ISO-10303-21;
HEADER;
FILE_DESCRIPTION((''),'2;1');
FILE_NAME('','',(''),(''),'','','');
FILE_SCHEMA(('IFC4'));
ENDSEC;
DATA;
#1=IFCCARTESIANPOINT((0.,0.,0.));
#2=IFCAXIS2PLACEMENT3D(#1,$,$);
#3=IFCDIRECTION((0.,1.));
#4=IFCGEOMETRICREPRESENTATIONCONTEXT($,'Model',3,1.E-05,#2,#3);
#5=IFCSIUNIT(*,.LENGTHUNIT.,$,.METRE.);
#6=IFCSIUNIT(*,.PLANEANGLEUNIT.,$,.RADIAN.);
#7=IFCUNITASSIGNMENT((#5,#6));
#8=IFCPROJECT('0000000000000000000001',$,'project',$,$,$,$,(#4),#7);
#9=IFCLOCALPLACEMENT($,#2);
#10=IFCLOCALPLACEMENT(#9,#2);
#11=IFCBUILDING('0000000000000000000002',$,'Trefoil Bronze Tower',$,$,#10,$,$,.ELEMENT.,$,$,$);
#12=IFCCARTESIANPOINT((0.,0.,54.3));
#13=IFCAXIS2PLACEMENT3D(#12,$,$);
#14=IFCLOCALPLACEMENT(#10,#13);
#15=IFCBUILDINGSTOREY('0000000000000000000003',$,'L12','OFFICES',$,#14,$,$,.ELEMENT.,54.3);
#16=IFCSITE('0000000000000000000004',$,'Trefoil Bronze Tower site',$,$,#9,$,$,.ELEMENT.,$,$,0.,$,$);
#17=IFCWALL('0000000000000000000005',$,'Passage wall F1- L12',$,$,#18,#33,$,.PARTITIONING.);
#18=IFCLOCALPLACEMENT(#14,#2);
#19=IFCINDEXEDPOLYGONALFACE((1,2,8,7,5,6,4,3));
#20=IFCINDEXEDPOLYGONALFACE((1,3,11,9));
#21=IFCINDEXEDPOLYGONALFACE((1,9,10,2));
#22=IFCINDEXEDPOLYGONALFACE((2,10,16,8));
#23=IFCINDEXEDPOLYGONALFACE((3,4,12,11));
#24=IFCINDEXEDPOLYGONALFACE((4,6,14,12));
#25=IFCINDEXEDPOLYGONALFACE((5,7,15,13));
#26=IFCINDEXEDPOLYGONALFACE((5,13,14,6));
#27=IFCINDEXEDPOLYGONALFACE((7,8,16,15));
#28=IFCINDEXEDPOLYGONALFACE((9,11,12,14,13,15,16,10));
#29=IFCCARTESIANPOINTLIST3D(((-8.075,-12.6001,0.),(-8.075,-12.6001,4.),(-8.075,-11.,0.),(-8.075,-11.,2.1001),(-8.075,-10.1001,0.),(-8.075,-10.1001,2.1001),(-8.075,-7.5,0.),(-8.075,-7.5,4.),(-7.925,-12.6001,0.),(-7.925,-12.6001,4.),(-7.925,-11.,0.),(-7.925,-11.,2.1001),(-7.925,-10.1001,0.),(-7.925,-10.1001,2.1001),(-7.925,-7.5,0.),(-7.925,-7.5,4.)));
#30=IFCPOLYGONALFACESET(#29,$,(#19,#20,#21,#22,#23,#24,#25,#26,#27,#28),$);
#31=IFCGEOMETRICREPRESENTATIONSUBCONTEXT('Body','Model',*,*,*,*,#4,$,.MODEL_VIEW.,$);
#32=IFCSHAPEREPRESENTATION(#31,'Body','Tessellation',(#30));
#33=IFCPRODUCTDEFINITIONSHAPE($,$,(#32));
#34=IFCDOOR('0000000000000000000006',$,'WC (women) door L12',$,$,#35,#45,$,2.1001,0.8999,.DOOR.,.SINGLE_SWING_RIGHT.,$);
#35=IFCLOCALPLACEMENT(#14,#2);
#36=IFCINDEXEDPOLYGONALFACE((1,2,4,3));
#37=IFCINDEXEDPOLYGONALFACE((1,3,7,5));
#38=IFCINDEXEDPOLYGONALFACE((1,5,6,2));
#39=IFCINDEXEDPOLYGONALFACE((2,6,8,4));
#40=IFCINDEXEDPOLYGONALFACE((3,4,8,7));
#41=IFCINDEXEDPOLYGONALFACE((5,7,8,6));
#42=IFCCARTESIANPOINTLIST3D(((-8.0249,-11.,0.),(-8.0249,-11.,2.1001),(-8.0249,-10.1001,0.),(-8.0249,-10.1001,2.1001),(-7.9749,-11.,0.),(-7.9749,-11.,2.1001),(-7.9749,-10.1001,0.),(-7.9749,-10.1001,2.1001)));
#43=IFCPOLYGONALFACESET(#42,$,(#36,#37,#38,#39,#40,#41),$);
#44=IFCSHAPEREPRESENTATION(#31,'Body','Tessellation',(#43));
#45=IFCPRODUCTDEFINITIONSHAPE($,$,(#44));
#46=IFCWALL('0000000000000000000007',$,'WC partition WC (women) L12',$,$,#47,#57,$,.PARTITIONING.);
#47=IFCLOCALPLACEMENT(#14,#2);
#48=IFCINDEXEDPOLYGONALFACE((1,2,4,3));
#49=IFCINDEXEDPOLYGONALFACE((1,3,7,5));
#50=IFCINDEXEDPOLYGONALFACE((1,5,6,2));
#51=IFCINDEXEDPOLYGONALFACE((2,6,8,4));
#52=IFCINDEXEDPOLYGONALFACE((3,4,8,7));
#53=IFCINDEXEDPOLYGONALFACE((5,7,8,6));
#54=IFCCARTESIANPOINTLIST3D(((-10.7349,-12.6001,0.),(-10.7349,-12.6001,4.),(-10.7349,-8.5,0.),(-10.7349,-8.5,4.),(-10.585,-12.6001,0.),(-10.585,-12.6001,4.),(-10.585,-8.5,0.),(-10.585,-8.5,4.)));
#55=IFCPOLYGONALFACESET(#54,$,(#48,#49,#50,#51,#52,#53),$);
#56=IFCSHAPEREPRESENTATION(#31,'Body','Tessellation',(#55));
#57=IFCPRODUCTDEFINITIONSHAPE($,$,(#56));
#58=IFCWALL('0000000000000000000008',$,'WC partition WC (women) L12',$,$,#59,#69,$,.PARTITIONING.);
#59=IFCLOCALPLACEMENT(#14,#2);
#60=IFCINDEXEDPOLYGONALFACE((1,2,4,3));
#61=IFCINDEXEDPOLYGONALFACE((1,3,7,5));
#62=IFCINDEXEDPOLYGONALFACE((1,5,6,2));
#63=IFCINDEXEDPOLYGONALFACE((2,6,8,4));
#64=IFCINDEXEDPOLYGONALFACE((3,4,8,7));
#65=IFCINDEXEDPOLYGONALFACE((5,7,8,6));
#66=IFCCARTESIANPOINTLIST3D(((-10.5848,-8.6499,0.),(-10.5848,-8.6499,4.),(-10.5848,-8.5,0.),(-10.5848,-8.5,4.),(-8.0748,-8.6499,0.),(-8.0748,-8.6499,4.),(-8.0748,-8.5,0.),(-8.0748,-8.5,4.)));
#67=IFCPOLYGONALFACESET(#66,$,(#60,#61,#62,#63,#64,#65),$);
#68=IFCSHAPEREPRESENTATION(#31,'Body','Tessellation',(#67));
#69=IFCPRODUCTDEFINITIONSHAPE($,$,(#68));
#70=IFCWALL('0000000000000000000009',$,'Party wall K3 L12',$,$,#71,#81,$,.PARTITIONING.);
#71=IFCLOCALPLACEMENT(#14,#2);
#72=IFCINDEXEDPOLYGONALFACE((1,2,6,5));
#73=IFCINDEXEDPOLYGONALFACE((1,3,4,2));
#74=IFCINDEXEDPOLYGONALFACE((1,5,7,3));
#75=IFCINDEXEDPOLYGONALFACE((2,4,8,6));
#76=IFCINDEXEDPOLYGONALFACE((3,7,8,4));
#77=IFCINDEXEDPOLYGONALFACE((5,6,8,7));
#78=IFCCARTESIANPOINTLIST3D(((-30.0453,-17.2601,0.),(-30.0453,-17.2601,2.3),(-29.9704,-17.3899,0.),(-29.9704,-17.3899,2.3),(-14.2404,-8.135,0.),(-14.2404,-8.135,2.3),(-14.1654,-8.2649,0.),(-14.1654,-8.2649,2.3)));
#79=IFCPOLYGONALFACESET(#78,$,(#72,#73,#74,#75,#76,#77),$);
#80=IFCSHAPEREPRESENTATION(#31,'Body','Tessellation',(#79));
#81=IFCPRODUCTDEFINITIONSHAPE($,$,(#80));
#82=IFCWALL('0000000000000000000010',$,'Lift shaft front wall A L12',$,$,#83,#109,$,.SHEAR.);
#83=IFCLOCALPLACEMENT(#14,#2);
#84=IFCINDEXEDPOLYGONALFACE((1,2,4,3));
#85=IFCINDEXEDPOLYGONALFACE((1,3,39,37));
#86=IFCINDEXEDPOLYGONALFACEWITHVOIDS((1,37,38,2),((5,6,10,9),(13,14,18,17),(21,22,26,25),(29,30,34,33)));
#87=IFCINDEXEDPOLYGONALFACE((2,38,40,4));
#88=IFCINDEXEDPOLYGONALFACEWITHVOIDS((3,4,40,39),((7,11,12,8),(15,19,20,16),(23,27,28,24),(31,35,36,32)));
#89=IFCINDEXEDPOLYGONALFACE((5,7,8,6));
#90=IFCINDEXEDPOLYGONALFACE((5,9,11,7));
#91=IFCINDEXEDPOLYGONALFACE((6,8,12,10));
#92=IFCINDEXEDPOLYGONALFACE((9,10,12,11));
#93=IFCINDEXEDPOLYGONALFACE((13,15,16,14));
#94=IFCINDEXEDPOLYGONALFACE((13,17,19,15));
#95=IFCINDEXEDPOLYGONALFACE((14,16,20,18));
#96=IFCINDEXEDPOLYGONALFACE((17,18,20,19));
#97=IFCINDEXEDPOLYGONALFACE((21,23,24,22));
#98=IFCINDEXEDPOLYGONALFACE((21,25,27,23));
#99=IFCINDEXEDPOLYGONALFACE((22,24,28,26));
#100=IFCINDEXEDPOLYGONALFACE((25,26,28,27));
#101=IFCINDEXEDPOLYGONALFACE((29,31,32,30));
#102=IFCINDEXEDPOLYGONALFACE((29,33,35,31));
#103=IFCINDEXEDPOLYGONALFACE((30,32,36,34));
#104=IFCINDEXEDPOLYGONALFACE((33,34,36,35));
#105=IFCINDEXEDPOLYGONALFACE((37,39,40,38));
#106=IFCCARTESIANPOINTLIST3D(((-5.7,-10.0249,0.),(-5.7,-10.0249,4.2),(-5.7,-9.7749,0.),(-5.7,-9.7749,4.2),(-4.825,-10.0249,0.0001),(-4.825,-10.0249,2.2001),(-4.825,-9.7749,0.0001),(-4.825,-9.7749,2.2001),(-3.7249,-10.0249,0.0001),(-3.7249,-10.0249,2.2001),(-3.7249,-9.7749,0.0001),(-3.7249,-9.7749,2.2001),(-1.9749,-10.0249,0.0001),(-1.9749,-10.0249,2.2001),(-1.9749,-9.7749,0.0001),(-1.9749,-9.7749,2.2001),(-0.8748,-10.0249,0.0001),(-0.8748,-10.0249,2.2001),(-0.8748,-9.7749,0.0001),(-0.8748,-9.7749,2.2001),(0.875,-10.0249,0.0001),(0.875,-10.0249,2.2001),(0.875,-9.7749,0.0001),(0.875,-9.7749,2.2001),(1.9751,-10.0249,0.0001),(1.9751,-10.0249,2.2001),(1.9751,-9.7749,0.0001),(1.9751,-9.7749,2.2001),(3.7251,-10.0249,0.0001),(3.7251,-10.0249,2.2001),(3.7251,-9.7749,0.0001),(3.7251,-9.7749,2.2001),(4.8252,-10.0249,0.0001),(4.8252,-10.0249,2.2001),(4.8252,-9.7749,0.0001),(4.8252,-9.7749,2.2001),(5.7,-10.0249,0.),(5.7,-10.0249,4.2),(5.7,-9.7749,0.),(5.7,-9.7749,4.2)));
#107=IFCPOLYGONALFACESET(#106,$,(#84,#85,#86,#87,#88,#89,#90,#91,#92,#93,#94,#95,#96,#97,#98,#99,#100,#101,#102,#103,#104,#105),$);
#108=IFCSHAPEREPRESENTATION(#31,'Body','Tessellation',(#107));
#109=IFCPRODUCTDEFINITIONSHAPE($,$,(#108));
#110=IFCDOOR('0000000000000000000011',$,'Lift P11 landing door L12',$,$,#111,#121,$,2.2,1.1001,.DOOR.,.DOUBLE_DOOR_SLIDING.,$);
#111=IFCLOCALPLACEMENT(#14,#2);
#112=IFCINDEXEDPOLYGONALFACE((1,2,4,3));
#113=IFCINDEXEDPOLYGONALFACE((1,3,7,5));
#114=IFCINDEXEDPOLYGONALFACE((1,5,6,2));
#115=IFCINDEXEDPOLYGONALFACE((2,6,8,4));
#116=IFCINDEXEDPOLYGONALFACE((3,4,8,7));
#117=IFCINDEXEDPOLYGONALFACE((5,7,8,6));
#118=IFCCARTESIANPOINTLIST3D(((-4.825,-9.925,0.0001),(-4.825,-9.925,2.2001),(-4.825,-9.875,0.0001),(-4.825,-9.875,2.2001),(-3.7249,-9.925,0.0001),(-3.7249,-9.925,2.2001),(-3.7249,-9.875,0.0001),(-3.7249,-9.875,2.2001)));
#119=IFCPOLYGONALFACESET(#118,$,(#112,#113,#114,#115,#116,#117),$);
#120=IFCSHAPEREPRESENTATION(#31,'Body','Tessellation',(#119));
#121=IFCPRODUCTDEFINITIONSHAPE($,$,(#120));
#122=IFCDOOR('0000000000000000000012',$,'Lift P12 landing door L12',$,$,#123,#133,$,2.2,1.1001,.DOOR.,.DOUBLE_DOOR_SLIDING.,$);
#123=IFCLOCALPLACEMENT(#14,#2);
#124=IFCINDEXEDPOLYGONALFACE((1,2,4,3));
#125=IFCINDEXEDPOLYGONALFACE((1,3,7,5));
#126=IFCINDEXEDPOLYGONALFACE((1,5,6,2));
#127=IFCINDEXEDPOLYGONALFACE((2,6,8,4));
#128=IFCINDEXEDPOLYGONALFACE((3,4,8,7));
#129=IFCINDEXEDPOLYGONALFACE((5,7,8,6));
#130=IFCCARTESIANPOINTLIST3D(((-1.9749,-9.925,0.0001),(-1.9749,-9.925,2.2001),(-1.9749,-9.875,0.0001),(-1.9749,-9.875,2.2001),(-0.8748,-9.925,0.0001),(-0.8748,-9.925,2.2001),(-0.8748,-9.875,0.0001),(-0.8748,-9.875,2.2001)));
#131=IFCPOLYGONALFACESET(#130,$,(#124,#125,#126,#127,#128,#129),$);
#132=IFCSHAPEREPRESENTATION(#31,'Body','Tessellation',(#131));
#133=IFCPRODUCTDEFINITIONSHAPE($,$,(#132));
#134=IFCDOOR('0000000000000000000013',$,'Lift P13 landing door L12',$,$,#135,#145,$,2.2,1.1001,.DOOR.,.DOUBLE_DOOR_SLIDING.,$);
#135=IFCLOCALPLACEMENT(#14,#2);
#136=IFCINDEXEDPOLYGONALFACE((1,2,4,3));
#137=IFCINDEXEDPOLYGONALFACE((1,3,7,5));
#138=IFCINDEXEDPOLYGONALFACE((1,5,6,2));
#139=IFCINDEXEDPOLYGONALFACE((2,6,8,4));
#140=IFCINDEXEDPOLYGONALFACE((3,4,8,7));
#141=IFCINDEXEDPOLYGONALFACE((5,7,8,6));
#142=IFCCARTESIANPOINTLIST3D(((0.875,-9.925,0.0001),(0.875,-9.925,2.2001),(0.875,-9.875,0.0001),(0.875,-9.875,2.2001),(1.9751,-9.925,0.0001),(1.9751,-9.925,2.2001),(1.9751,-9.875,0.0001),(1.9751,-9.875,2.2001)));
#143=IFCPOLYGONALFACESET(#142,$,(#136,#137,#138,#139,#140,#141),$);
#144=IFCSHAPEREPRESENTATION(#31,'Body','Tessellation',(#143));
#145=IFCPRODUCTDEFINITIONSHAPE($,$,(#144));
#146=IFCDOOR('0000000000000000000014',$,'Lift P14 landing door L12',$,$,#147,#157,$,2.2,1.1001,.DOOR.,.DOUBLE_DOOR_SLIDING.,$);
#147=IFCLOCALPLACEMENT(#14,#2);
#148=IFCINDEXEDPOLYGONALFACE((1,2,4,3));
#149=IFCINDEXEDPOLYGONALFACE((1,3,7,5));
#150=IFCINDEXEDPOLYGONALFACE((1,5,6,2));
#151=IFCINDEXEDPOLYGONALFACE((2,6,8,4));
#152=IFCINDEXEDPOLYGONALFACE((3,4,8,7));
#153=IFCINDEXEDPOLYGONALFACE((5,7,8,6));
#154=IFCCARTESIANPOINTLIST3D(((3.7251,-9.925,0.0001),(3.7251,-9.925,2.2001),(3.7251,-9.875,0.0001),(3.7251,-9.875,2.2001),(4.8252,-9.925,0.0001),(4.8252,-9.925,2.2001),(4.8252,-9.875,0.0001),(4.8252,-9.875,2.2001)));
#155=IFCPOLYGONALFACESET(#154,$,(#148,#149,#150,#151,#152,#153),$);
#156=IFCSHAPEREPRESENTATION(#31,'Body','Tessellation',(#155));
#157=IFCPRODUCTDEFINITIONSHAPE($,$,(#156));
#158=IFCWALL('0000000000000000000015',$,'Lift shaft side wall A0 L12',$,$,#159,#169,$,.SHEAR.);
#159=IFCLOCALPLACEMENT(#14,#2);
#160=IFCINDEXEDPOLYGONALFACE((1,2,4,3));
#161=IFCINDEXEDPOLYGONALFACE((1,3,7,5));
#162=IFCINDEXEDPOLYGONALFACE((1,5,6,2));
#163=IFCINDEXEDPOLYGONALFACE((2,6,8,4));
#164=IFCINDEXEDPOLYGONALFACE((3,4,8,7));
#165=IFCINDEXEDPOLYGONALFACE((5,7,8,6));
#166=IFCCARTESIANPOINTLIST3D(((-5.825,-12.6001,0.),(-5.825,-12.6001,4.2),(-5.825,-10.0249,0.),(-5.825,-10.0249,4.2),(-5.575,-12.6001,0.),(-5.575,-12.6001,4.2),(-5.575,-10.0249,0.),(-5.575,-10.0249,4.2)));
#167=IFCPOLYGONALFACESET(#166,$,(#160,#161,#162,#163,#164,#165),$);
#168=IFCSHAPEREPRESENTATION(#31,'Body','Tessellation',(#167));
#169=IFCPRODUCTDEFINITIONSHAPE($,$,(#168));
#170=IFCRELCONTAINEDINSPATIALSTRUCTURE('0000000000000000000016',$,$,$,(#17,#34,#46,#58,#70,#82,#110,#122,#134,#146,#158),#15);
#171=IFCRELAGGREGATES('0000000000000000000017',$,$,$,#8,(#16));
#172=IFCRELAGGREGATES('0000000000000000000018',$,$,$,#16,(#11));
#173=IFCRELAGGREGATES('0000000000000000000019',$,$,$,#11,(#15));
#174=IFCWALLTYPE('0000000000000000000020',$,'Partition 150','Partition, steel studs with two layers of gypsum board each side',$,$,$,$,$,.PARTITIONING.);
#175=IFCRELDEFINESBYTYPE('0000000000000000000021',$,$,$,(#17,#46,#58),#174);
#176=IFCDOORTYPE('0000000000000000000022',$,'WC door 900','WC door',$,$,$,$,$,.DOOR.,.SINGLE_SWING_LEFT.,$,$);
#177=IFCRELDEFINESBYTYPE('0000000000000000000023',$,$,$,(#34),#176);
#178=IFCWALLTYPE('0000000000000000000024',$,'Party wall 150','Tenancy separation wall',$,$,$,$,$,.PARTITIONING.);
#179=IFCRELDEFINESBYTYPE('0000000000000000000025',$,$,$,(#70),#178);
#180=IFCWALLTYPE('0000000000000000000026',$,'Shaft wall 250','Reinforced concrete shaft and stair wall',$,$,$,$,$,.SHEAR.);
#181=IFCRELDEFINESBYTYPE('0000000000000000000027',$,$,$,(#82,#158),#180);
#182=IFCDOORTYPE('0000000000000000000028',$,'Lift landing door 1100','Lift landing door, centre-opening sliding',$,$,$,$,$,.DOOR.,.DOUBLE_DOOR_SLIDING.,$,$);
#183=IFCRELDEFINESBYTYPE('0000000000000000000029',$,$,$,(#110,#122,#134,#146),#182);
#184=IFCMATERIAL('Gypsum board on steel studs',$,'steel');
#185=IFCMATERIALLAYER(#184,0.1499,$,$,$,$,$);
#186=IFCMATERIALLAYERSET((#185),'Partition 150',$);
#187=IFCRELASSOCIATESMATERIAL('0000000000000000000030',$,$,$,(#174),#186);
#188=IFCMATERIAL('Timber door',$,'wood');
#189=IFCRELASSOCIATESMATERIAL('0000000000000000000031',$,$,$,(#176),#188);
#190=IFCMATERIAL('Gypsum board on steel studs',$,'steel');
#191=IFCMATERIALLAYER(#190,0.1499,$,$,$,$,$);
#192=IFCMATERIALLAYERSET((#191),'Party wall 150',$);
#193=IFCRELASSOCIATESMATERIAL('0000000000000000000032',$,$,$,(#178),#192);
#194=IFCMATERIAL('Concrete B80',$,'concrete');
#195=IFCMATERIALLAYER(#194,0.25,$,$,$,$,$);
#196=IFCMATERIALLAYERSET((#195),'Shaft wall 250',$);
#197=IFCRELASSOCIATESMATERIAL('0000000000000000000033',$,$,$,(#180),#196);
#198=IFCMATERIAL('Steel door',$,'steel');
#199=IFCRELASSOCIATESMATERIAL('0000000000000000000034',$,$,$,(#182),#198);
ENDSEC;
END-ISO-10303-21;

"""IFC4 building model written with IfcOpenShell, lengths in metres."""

from ifc_helpers import new_model, si_unit, direction, frame, frame_2d, origin, place, context, subcontext, project, spatial, rectangle, extrude, material, layer, layer_set, type_object, element, fill, save


model = new_model("IFC4")

# Units and contexts
model_context = context("Model", 3, precision=1e-05, world=origin(), true_north=direction((0.0, 1.0)))
body_context = subcontext(model_context, "Body", "Model", "MODEL_VIEW")
ifc_project = project(units=[si_unit("LENGTHUNIT", "METRE"), si_unit("PLANEANGLEUNIT", "RADIAN")], contexts=[model_context])

# Site, building, storey
site_placement = place(None, origin())
site = spatial("IfcSite", under=ifc_project, at=site_placement, Name="Trefoil Bronze Tower site", CompositionType="ELEMENT", RefElevation=0.0)
building_placement = place(site_placement, origin())
building = spatial("IfcBuilding", under=site, at=building_placement, Name="Trefoil Bronze Tower", CompositionType="ELEMENT")
storey_placement = place(building_placement, frame((0.0, 0.0, 54.3)))
storey = spatial("IfcBuildingStorey", under=building, at=storey_placement, Name="L12", Description="OFFICES", CompositionType="ELEMENT", Elevation=54.3)

# Wall, opening, door
ifc_material_1 = material(Name="Gypsum board on steel studs", Category="steel")
ifc_layer_1 = layer(ifc_material_1, 0.1499)
ifc_layer_set_1 = layer_set([ifc_layer_1], Name="Partition 150")
wall_type_1 = type_object("IfcWallType", Name="Partition 150", Description="Partition, steel studs with two layers of gypsum board each side", PredefinedType="PARTITIONING", material=ifc_layer_set_1)
wall_1_placement = place(storey_placement, frame((-8.0, -7.5, 0.0), z_axis=(0.0, 0.0, 1.0), x_axis=(0.0, -1.0, 0.0)))
wall_1 = element("IfcWall", 1, at=wall_1_placement, inside=storey, type_object=wall_type_1, Name="Passage wall F1- L12", PredefinedType="PARTITIONING", context=body_context, shape_type="SweptSolid", body=[
    extrude(rectangle(XDim=5.1001, YDim=0.1499, at=frame_2d((2.55, 0.0))), origin(), (0.0, 0.0, 1.0), 4.0),
])
opening_1_placement = place(wall_1_placement, frame((2.6001, 0.0, 0.0)))
opening_1 = element("IfcOpeningElement", 2, at=opening_1_placement, cuts=wall_1, PredefinedType="OPENING", context=body_context, shape_type="SweptSolid", body=[
    extrude(rectangle(XDim=0.8999, YDim=2.1001, at=frame_2d((0.45, 1.05))), frame((0.0, 0.085, 0.0), z_axis=(0.0, -1.0, 0.0), x_axis=(1.0, 0.0, 0.0)), (0.0, 0.0, 1.0), 0.1699),
])
ifc_material_2 = material(Name="Timber door", Category="wood")
door_type_1 = type_object("IfcDoorType", Name="WC door 900", Description="WC door", OperationType="SINGLE_SWING_LEFT", PredefinedType="DOOR", material=ifc_material_2)
door_1_placement = place(opening_1_placement, frame((0.8999, 0.0, 0.0), z_axis=(0.0, 0.0, 1.0), x_axis=(-1.0, 0.0, 0.0)))
door_1 = element("IfcDoor", 3, at=door_1_placement, inside=storey, type_object=door_type_1, Name="WC (women) door L12", OperationType="SINGLE_SWING_RIGHT", OverallHeight=2.1001, OverallWidth=0.8999, PredefinedType="DOOR", context=body_context, shape_type="SweptSolid", body=[
    extrude(rectangle(XDim=0.8999, YDim=2.1001, at=frame_2d((0.45, 1.05))), frame((0.0, 0.0249, 0.0), z_axis=(0.0, -1.0, 0.0), x_axis=(1.0, 0.0, 0.0)), (0.0, 0.0, 1.0), 0.05),
])
fill(opening_1, door_1)

# Walls
wall_2_placement = place(storey_placement, frame((-10.6599, -8.5, 0.0), z_axis=(0.0, 0.0, 1.0), x_axis=(0.0, -1.0, 0.0)))
element("IfcWall", 4, at=wall_2_placement, inside=storey, type_object=wall_type_1, Name="WC partition WC (women) L12", PredefinedType="PARTITIONING", context=body_context, shape_type="SweptSolid", body=[
    extrude(rectangle(XDim=4.1001, YDim=0.1499, at=frame_2d((2.05, 0.0))), origin(), (0.0, 0.0, 1.0), 4.0),
])
wall_3_placement = place(storey_placement, frame((-8.075, -8.575, 0.0), z_axis=(0.0, 0.0, 1.0), x_axis=(-1.0, 0.0, 0.0)))
element("IfcWall", 5, at=wall_3_placement, inside=storey, type_object=wall_type_1, Name="WC partition WC (women) L12", PredefinedType="PARTITIONING", context=body_context, shape_type="SweptSolid", body=[
    extrude(rectangle(XDim=2.51, YDim=0.1499, at=frame_2d((1.2549, 0.0))), origin(), (0.0, 0.0, 1.0), 4.0),
])
ifc_material_3 = material(Name="Gypsum board on steel studs", Category="steel")
ifc_layer_2 = layer(ifc_material_3, 0.1499)
ifc_layer_set_2 = layer_set([ifc_layer_2], Name="Party wall 150")
wall_type_2 = type_object("IfcWallType", Name="Party wall 150", Description="Tenancy separation wall", PredefinedType="PARTITIONING", material=ifc_layer_set_2)
wall_4_placement = place(storey_placement, frame((-14.2029, -8.2, 0.0), z_axis=(0.0, 0.0, 1.0), x_axis=(-0.866025, -0.500001, 0.0)))
element("IfcWall", 6, at=wall_4_placement, inside=storey, type_object=wall_type_2, Name="Party wall K3 L12", PredefinedType="PARTITIONING", context=body_context, shape_type="SweptSolid", body=[
    extrude(rectangle(XDim=18.25, YDim=0.1499, at=frame_2d((9.125, 0.0))), origin(), (0.0, 0.0, 1.0), 2.3),
])

# Wall, openings, doors
ifc_material_4 = material(Name="Concrete B80", Category="concrete")
ifc_layer_3 = layer(ifc_material_4, 0.25)
ifc_layer_set_3 = layer_set([ifc_layer_3], Name="Shaft wall 250")
wall_type_3 = type_object("IfcWallType", Name="Shaft wall 250", Description="Reinforced concrete shaft and stair wall", PredefinedType="SHEAR", material=ifc_layer_set_3)
wall_5_placement = place(storey_placement, frame((-5.7, -9.8999, 0.0), z_axis=(0.0, 0.0, 1.0), x_axis=(1.0, 0.0, 0.0)))
wall_5 = element("IfcWall", 7, at=wall_5_placement, inside=storey, type_object=wall_type_3, Name="Lift shaft front wall A L12", PredefinedType="SHEAR", context=body_context, shape_type="SweptSolid", body=[
    extrude(rectangle(XDim=11.3999, YDim=0.25, at=frame_2d((5.7, 0.0))), origin(), (0.0, 0.0, 1.0), 4.2),
])
opening_2_placement = place(wall_5_placement, frame((0.875, 0.0, 0.0)))
opening_2 = element("IfcOpeningElement", 8, at=opening_2_placement, cuts=wall_5, PredefinedType="OPENING", context=body_context, shape_type="SweptSolid", body=[
    extrude(rectangle(XDim=1.1001, YDim=2.2, at=frame_2d((0.55, 1.1001))), frame((0.0, 0.135, 0.0), z_axis=(0.0, -1.0, 0.0), x_axis=(1.0, 0.0, 0.0)), (0.0, 0.0, 1.0), 0.27),
])
opening_3_placement = place(wall_5_placement, frame((3.7251, 0.0, 0.0)))
opening_3 = element("IfcOpeningElement", 9, at=opening_3_placement, cuts=wall_5, PredefinedType="OPENING", context=body_context, shape_type="SweptSolid", body=[
    extrude(rectangle(XDim=1.1001, YDim=2.2, at=frame_2d((0.55, 1.1001))), frame((0.0, 0.135, 0.0), z_axis=(0.0, -1.0, 0.0), x_axis=(1.0, 0.0, 0.0)), (0.0, 0.0, 1.0), 0.27),
])
opening_4_placement = place(wall_5_placement, frame((6.575, 0.0, 0.0)))
opening_4 = element("IfcOpeningElement", 10, at=opening_4_placement, cuts=wall_5, PredefinedType="OPENING", context=body_context, shape_type="SweptSolid", body=[
    extrude(rectangle(XDim=1.1001, YDim=2.2, at=frame_2d((0.55, 1.1001))), frame((0.0, 0.135, 0.0), z_axis=(0.0, -1.0, 0.0), x_axis=(1.0, 0.0, 0.0)), (0.0, 0.0, 1.0), 0.27),
])
opening_5_placement = place(wall_5_placement, frame((9.425, 0.0, 0.0)))
opening_5 = element("IfcOpeningElement", 11, at=opening_5_placement, cuts=wall_5, PredefinedType="OPENING", context=body_context, shape_type="SweptSolid", body=[
    extrude(rectangle(XDim=1.1001, YDim=2.2, at=frame_2d((0.55, 1.1001))), frame((0.0, 0.135, 0.0), z_axis=(0.0, -1.0, 0.0), x_axis=(1.0, 0.0, 0.0)), (0.0, 0.0, 1.0), 0.27),
])
ifc_material_5 = material(Name="Steel door", Category="steel")
door_type_2 = type_object("IfcDoorType", Name="Lift landing door 1100", Description="Lift landing door, centre-opening sliding", OperationType="DOUBLE_DOOR_SLIDING", PredefinedType="DOOR", material=ifc_material_5)
door_2_placement = place(opening_2_placement, origin())
door_2 = element("IfcDoor", 12, at=door_2_placement, inside=storey, type_object=door_type_2, Name="Lift P11 landing door L12", OperationType="DOUBLE_DOOR_SLIDING", OverallHeight=2.2, OverallWidth=1.1001, PredefinedType="DOOR", context=body_context, shape_type="SweptSolid", body=[
    extrude(rectangle(XDim=1.1001, YDim=2.2, at=frame_2d((0.55, 1.1001))), frame((0.0, 0.0249, 0.0), z_axis=(0.0, -1.0, 0.0), x_axis=(1.0, 0.0, 0.0)), (0.0, 0.0, 1.0), 0.05),
])
fill(opening_2, door_2)
door_3_placement = place(opening_3_placement, origin())
door_3 = element("IfcDoor", 13, at=door_3_placement, inside=storey, type_object=door_type_2, Name="Lift P12 landing door L12", OperationType="DOUBLE_DOOR_SLIDING", OverallHeight=2.2, OverallWidth=1.1001, PredefinedType="DOOR", context=body_context, shape_type="SweptSolid", body=[
    extrude(rectangle(XDim=1.1001, YDim=2.2, at=frame_2d((0.55, 1.1001))), frame((0.0, 0.0249, 0.0), z_axis=(0.0, -1.0, 0.0), x_axis=(1.0, 0.0, 0.0)), (0.0, 0.0, 1.0), 0.05),
])
fill(opening_3, door_3)
door_4_placement = place(opening_4_placement, origin())
door_4 = element("IfcDoor", 14, at=door_4_placement, inside=storey, type_object=door_type_2, Name="Lift P13 landing door L12", OperationType="DOUBLE_DOOR_SLIDING", OverallHeight=2.2, OverallWidth=1.1001, PredefinedType="DOOR", context=body_context, shape_type="SweptSolid", body=[
    extrude(rectangle(XDim=1.1001, YDim=2.2, at=frame_2d((0.55, 1.1001))), frame((0.0, 0.0249, 0.0), z_axis=(0.0, -1.0, 0.0), x_axis=(1.0, 0.0, 0.0)), (0.0, 0.0, 1.0), 0.05),
])
fill(opening_4, door_4)
door_5_placement = place(opening_5_placement, origin())
door_5 = element("IfcDoor", 15, at=door_5_placement, inside=storey, type_object=door_type_2, Name="Lift P14 landing door L12", OperationType="DOUBLE_DOOR_SLIDING", OverallHeight=2.2, OverallWidth=1.1001, PredefinedType="DOOR", context=body_context, shape_type="SweptSolid", body=[
    extrude(rectangle(XDim=1.1001, YDim=2.2, at=frame_2d((0.55, 1.1001))), frame((0.0, 0.0249, 0.0), z_axis=(0.0, -1.0, 0.0), x_axis=(1.0, 0.0, 0.0)), (0.0, 0.0, 1.0), 0.05),
])
fill(opening_5, door_5)

# Wall
for number, where, z_axis, x_axis, name in (
    (16, (-5.7, -10.0249, 0.0), (0.0, 0.0, 1.0), (0.0, -1.0, 0.0), "Lift shaft side wall A0 L12"),
):
    element("IfcWall", number, at=place(storey_placement, frame(where, z_axis=z_axis, x_axis=x_axis)), inside=storey, type_object=wall_type_3, Name=name, PredefinedType="SHEAR", context=body_context, shape_type="SweptSolid", body=[
        extrude(rectangle(XDim=2.5752, YDim=0.25, at=frame_2d((1.2876, 0.0))), origin(), (0.0, 0.0, 1.0), 4.2),
    ])

save(model, "model.ifc")
